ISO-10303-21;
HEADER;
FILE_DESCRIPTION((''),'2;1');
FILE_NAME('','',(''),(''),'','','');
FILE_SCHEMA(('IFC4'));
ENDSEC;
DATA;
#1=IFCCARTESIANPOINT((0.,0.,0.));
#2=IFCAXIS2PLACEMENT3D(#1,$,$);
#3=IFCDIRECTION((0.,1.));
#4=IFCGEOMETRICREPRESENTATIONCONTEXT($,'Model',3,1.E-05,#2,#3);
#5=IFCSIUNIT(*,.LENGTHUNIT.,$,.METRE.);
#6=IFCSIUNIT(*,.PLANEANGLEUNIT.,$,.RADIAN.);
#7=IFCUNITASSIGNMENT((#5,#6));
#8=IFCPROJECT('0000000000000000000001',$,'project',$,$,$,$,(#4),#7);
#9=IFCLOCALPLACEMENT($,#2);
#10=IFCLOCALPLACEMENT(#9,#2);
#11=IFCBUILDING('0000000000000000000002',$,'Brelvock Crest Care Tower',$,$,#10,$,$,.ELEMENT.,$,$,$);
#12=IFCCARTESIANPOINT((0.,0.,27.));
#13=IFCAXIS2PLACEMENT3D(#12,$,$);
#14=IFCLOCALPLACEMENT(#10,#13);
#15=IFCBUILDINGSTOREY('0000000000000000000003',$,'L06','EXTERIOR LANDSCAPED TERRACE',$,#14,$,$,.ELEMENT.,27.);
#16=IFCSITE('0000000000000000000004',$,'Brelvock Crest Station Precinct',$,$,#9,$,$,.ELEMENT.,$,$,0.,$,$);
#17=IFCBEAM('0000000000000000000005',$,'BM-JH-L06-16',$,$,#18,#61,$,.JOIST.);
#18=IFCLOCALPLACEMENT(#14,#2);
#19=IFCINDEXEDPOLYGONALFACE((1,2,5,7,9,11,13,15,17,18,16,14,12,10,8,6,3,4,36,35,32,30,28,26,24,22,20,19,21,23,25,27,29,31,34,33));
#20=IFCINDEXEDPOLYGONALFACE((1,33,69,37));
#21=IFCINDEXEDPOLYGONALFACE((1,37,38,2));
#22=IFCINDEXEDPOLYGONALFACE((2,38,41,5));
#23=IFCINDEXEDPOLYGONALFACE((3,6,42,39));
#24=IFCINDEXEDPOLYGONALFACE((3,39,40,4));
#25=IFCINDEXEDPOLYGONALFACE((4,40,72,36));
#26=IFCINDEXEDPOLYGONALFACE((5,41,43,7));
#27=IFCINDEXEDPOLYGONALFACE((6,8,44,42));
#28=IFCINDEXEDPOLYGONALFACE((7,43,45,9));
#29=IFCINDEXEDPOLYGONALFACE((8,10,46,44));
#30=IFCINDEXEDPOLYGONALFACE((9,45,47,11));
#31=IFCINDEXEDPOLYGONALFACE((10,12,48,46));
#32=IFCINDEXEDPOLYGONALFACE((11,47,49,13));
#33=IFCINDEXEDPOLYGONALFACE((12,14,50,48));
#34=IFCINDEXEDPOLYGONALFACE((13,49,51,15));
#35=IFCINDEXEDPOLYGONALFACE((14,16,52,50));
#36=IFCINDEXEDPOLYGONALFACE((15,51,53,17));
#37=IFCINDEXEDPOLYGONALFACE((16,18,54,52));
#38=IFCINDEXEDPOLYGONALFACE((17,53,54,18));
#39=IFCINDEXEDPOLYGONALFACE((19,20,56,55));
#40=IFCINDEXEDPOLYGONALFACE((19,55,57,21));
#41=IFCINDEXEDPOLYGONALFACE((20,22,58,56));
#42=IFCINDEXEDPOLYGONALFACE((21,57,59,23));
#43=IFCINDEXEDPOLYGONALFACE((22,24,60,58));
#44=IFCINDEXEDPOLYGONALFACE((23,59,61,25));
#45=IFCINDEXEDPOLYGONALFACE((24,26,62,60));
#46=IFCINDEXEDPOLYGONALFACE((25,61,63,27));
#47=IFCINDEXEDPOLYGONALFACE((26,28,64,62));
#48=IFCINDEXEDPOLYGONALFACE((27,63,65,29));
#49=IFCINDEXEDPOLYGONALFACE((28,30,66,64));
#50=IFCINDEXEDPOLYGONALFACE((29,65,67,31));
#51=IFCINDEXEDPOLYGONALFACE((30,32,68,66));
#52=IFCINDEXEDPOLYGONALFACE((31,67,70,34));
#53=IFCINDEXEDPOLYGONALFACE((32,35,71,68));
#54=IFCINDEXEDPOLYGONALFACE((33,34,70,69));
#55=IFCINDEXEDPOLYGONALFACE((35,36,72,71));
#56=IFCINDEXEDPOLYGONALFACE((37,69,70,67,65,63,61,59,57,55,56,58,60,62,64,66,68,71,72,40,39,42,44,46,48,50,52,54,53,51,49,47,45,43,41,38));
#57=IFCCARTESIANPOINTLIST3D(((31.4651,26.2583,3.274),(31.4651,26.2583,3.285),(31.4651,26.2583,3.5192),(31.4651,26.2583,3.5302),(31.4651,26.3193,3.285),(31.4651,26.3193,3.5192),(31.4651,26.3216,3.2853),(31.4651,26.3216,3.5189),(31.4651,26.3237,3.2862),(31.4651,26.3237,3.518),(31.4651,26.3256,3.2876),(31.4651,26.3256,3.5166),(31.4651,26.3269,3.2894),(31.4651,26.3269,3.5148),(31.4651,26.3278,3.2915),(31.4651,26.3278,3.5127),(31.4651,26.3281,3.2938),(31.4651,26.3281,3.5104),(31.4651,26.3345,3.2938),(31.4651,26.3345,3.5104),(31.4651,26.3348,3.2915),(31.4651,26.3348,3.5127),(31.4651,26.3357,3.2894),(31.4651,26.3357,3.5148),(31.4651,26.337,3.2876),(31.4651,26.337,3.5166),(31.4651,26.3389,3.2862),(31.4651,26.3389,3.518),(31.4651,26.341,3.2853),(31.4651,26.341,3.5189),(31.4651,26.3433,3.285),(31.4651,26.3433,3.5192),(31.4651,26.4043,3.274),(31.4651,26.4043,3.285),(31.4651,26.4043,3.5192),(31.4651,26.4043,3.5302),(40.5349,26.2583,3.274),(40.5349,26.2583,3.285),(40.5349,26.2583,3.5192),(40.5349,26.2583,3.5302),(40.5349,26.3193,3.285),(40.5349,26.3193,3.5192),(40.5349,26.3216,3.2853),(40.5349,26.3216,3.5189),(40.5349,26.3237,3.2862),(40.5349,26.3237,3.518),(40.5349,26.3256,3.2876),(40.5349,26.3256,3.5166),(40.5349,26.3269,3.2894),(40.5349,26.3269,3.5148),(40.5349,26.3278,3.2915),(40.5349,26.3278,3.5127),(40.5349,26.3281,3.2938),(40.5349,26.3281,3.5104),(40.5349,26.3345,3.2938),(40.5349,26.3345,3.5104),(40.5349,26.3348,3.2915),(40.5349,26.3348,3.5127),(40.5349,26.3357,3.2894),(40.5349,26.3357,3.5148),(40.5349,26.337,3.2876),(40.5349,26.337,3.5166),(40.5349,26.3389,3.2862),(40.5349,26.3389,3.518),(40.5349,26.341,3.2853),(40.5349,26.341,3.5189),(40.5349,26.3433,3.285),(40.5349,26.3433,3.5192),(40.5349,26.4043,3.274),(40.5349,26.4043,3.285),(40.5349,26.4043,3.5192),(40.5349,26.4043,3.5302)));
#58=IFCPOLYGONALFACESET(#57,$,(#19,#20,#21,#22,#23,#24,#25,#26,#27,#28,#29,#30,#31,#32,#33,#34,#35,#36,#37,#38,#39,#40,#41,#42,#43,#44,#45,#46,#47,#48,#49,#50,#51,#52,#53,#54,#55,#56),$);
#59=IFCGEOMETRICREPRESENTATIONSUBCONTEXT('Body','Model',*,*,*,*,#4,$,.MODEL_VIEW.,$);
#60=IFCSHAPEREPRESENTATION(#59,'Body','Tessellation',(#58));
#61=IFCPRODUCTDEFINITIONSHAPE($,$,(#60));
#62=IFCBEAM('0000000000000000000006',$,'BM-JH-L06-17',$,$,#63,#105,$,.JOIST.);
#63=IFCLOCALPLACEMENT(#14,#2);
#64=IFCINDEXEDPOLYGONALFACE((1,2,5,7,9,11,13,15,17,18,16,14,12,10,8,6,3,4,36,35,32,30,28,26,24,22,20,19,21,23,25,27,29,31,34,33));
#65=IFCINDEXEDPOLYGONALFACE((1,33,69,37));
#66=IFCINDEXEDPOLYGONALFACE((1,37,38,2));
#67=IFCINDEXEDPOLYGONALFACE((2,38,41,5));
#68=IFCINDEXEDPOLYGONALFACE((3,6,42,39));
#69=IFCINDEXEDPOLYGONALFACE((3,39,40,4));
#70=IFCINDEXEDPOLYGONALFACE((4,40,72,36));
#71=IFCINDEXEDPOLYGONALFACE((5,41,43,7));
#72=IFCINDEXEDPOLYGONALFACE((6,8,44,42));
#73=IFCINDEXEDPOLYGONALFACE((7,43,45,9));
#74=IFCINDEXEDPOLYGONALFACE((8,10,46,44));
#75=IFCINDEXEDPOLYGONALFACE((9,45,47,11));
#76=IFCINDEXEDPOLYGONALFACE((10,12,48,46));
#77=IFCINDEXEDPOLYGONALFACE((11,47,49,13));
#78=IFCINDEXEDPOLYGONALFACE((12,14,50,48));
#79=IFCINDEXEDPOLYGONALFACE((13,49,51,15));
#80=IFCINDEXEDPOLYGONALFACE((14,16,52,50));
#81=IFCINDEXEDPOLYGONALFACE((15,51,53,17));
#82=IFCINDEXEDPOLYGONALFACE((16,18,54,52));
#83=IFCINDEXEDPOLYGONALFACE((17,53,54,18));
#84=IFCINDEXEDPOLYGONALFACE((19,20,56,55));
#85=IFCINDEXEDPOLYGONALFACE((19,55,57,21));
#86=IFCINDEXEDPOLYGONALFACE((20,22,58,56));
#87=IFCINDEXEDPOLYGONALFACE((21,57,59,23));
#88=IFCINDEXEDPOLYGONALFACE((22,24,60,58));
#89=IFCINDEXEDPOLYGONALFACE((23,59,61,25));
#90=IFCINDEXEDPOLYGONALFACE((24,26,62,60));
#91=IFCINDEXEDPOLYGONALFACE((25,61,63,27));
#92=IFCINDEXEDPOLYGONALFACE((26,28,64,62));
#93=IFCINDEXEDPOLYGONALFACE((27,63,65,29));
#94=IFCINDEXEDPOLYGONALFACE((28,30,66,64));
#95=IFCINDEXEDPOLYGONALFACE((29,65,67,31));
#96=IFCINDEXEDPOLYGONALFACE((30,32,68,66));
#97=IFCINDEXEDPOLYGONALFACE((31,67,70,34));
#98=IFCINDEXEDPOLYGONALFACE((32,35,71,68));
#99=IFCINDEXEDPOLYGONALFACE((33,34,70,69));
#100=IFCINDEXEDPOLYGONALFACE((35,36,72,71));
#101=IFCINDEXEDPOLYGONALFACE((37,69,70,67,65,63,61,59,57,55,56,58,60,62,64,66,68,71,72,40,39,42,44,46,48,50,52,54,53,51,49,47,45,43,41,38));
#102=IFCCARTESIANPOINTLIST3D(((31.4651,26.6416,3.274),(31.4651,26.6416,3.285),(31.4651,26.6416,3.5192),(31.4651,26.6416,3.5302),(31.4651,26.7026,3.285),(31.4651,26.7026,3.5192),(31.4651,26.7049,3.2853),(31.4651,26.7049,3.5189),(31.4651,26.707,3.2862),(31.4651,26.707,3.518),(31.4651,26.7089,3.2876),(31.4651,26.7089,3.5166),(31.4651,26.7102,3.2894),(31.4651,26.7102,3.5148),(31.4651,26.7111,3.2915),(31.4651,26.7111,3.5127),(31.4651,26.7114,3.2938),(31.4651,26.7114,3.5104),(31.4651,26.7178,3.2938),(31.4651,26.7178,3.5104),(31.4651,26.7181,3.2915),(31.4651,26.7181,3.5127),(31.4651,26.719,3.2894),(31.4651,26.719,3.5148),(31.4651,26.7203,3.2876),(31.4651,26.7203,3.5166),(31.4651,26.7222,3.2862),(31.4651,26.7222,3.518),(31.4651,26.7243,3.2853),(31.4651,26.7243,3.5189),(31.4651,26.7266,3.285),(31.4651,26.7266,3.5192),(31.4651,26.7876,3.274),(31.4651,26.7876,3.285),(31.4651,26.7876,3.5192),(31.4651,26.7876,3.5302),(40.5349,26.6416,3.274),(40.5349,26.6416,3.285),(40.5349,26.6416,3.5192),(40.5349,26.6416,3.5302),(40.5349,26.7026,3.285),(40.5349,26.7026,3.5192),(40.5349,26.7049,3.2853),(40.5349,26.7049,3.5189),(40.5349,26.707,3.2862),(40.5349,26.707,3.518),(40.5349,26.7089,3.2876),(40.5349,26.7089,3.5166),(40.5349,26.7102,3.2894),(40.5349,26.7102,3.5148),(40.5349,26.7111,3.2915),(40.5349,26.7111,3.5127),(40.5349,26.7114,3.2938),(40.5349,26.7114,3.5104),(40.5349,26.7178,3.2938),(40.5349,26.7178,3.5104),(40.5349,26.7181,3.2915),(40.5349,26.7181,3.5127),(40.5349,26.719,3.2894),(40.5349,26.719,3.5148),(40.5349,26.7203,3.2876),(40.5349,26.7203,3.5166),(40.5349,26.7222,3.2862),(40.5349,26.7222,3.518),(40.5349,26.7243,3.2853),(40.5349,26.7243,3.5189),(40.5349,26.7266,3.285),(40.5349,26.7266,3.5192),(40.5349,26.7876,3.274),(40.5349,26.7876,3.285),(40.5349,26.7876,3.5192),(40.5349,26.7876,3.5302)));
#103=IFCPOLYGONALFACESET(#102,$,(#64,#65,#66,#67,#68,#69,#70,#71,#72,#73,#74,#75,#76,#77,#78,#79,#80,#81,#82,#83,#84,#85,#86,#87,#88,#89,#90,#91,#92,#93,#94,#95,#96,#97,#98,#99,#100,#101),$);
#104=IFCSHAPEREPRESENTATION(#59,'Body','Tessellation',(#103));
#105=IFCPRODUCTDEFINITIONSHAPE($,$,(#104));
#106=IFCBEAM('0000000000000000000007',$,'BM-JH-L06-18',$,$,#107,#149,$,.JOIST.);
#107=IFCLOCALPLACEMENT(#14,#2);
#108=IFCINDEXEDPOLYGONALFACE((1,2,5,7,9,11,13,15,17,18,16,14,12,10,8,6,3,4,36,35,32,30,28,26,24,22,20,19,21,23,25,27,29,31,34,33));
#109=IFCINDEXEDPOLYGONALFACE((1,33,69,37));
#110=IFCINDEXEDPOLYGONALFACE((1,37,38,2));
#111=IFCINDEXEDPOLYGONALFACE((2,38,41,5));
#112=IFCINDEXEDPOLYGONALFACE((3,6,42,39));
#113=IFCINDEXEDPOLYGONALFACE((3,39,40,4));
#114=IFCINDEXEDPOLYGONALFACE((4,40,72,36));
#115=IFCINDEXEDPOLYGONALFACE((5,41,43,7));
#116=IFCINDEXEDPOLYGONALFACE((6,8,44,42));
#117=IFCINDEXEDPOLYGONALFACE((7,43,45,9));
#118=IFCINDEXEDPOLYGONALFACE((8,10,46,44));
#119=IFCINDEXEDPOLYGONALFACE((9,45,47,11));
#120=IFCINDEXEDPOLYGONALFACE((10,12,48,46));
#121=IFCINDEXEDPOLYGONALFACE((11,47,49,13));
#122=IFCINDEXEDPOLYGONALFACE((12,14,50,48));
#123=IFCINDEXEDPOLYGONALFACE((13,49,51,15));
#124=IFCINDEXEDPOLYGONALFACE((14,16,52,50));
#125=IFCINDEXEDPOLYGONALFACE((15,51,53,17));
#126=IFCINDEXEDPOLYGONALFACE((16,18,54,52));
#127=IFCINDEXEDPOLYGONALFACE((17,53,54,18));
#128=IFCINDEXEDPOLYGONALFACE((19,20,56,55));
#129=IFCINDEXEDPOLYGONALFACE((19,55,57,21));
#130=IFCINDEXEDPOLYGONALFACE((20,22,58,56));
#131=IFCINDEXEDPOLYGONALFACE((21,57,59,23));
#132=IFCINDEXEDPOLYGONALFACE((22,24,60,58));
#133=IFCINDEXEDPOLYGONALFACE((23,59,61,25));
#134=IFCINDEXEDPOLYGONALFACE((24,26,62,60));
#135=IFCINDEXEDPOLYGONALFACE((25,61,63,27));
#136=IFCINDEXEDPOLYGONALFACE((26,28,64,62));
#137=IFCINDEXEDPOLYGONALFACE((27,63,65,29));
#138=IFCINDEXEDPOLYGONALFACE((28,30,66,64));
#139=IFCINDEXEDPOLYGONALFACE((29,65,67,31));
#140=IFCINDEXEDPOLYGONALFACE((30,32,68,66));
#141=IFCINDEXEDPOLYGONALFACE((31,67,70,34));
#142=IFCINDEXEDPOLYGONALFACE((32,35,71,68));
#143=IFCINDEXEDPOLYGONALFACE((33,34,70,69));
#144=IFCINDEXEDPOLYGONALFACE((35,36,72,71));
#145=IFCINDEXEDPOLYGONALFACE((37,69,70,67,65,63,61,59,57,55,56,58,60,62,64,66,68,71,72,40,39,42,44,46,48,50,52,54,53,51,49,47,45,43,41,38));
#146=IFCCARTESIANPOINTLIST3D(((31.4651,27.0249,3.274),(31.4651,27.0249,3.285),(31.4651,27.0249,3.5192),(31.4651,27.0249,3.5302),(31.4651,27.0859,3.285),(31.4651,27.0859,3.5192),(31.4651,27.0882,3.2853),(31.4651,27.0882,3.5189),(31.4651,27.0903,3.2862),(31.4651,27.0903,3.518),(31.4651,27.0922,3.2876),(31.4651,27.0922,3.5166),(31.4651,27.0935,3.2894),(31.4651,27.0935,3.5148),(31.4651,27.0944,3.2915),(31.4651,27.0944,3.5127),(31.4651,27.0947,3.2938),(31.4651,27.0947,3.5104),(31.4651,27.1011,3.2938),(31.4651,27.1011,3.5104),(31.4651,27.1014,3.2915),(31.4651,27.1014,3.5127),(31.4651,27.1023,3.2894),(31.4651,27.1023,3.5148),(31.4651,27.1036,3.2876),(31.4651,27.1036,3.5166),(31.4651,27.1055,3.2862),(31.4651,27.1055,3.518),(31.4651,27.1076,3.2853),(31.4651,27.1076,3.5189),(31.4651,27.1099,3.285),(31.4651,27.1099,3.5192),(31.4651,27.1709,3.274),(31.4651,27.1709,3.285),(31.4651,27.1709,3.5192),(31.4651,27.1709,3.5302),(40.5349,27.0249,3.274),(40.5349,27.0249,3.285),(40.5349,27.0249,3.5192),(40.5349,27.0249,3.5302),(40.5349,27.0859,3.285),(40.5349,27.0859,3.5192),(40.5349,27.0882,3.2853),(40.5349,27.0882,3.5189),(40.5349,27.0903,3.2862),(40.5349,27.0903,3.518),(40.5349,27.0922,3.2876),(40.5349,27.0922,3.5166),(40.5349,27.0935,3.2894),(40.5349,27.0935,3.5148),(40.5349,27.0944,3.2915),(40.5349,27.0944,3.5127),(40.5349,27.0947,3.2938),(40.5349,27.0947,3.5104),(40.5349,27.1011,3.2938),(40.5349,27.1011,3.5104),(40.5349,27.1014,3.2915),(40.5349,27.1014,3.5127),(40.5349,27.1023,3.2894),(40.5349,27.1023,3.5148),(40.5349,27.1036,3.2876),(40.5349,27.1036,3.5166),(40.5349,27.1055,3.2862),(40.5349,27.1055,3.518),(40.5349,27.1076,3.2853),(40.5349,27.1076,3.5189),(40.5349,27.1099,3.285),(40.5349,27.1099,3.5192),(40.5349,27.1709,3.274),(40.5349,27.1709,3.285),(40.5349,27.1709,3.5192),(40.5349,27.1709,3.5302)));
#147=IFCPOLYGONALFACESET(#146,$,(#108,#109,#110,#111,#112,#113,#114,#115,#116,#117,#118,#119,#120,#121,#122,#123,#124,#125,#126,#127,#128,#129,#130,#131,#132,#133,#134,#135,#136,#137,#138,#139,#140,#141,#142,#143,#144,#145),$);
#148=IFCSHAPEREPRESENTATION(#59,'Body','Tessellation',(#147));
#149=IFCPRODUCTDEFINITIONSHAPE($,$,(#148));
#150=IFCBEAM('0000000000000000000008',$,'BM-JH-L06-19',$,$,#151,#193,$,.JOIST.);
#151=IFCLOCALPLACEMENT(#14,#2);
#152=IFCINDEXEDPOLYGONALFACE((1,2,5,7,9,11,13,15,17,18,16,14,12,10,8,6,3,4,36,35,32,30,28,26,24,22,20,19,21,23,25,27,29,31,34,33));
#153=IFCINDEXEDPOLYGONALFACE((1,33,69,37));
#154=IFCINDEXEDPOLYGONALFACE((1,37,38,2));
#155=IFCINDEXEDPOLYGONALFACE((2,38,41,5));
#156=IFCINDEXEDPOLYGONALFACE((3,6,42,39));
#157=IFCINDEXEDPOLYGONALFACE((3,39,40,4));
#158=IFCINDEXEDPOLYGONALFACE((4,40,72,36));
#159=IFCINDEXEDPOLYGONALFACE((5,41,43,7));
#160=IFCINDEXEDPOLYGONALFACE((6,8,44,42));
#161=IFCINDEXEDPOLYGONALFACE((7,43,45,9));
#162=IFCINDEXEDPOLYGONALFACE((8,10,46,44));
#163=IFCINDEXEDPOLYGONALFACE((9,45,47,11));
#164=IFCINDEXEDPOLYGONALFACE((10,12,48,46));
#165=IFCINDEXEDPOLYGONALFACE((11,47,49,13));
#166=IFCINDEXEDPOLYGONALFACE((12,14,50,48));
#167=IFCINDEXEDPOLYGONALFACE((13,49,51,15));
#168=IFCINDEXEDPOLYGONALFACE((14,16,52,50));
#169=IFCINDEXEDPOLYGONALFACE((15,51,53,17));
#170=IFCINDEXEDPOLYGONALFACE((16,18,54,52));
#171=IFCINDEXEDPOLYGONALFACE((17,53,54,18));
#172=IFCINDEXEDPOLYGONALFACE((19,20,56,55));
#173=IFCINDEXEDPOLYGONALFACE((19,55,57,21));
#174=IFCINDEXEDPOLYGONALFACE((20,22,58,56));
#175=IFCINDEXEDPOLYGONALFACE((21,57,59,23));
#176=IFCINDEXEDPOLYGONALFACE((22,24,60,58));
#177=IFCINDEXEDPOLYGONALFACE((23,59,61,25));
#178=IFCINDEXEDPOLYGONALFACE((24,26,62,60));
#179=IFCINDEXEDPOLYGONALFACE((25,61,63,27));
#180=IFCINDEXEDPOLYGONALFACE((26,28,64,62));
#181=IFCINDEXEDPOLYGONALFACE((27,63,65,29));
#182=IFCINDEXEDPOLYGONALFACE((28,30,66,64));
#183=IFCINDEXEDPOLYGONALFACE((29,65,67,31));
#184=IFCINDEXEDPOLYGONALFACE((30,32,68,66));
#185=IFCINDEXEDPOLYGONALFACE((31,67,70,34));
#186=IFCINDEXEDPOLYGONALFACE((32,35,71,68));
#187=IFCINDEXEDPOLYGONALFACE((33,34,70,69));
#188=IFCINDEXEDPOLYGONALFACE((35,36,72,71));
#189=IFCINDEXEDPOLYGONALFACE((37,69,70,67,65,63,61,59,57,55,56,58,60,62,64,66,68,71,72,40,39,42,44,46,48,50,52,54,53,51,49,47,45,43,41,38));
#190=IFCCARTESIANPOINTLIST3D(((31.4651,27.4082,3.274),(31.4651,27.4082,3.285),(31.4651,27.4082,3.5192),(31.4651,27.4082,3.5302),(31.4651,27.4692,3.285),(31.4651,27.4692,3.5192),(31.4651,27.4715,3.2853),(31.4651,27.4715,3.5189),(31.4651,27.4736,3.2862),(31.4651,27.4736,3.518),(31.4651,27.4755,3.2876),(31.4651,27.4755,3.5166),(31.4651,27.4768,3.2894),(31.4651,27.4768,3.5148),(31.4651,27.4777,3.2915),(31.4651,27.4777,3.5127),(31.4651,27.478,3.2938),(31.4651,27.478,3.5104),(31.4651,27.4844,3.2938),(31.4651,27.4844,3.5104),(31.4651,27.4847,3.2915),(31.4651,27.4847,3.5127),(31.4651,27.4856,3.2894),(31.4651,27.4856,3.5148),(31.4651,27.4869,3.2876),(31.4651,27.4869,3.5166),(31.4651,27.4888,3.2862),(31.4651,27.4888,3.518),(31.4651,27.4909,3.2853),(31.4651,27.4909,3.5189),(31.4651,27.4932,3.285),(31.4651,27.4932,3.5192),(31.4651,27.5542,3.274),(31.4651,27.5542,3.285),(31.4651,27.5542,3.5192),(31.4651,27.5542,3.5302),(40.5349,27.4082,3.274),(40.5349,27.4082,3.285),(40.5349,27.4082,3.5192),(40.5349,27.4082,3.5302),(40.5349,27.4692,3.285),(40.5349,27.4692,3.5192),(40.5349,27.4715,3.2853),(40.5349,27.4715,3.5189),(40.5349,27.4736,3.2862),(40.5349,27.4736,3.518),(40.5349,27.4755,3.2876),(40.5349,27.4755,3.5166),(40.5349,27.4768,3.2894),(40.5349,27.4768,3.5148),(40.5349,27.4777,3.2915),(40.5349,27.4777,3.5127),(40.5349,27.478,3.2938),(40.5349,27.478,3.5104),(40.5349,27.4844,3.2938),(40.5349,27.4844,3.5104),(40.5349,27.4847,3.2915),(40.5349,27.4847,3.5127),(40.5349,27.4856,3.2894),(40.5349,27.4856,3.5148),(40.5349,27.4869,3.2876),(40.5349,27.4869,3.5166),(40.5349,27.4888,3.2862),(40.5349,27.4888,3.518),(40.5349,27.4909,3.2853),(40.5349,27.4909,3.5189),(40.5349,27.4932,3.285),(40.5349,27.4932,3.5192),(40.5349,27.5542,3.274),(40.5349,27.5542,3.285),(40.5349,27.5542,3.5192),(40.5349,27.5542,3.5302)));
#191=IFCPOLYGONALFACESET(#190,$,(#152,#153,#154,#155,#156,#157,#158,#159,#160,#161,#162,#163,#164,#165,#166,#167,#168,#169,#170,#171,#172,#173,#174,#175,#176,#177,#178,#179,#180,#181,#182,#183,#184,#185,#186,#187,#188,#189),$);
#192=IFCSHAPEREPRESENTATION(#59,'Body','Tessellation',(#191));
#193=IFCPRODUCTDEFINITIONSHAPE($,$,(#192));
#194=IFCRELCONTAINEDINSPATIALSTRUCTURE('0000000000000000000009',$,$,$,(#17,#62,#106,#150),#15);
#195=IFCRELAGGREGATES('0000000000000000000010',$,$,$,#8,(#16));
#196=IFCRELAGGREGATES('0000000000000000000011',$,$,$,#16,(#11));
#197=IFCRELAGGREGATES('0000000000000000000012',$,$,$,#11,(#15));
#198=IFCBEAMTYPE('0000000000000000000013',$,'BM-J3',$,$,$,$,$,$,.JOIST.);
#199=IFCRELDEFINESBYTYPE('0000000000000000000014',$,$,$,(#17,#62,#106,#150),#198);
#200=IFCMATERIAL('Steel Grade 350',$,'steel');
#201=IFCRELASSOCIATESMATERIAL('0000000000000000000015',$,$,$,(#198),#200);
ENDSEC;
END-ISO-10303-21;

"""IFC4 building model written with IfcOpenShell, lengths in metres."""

from ifc_helpers import new_model, si_unit, direction, frame, origin, origin_2d, place, context, subcontext, project, spatial, i_section, extrude, source, transform, mapped, material, material_profile, profile_set, type_object, element, save


model = new_model("IFC4")

# Units and contexts
model_context = context("Model", 3, precision=1e-05, world=origin(), true_north=direction((0.0, 1.0)))
body_context = subcontext(model_context, "Body", "Model", "MODEL_VIEW")
ifc_project = project(units=[si_unit("LENGTHUNIT", "METRE"), si_unit("PLANEANGLEUNIT", "RADIAN")], contexts=[model_context])

# Site, building, storey
site_placement = place(None, origin())
site = spatial("IfcSite", under=ifc_project, at=site_placement, Name="Brelvock Crest Station Precinct", CompositionType="ELEMENT", RefElevation=0.0)
building_placement = place(site_placement, origin())
building = spatial("IfcBuilding", under=site, at=building_placement, Name="Brelvock Crest Care Tower", CompositionType="ELEMENT")
storey_placement = place(building_placement, frame((0.0, 0.0, 27.0)))
storey = spatial("IfcBuildingStorey", under=building, at=storey_placement, Name="L06", Description="EXTERIOR LANDSCAPED TERRACE", CompositionType="ELEMENT", Elevation=27.0)

# Beams
ifc_material_1 = material(Name="Steel Grade 350", Category="steel")
ifc_material_profile = material_profile(ifc_material_1, i_section(OverallWidth=0.146, OverallDepth=0.2561, WebThickness=0.0063, FlangeThickness=0.011, FilletRadius=0.0088, at=origin_2d()), Name="250UB37.3")
ifc_profile_set = profile_set([ifc_material_profile], Name="Steel Grade 350")
beam_type = type_object("IfcBeamType", Name="BM-J3", PredefinedType="JOIST", material=ifc_profile_set)
shared_shape = source(origin(), body_context, "Body", "SweptSolid", [
    extrude(i_section(OverallWidth=0.146, OverallDepth=0.2561, WebThickness=0.0063, FlangeThickness=0.011, FilletRadius=0.0088, at=origin_2d()), origin(), (0.0, 0.0, 1.0), 9.0698),
])
for number, where, z_axis, x_axis, name in (
    (1, (31.4651, 26.3313, 3.4021), (1.0, 0.0, 0.0), (0.0, 1.0, 0.0), "BM-JH-L06-16"),
    (2, (31.4651, 26.7146, 3.4021), (1.0, 0.0, 0.0), (0.0, 1.0, 0.0), "BM-JH-L06-17"),
    (3, (31.4651, 27.0979, 3.4021), (1.0, 0.0, 0.0), (0.0, 1.0, 0.0), "BM-JH-L06-18"),
    (4, (31.4651, 27.4812, 3.4021), (1.0, 0.0, 0.0), (0.0, 1.0, 0.0), "BM-JH-L06-19"),
):
    element("IfcBeam", number, at=place(storey_placement, frame(where, z_axis=z_axis, x_axis=x_axis)), inside=storey, type_object=beam_type, Name=name, PredefinedType="JOIST", context=body_context, shape_type="MappedRepresentation", body=[
        mapped(shared_shape, transform((0.0, 0.0, 0.0), x_axis=(1.0, 0.0, 0.0), y_axis=(0.0, 1.0, 0.0), z_axis=(0.0, 0.0, 1.0), scale=1.0)),
    ])

save(model, "model.ifc")
